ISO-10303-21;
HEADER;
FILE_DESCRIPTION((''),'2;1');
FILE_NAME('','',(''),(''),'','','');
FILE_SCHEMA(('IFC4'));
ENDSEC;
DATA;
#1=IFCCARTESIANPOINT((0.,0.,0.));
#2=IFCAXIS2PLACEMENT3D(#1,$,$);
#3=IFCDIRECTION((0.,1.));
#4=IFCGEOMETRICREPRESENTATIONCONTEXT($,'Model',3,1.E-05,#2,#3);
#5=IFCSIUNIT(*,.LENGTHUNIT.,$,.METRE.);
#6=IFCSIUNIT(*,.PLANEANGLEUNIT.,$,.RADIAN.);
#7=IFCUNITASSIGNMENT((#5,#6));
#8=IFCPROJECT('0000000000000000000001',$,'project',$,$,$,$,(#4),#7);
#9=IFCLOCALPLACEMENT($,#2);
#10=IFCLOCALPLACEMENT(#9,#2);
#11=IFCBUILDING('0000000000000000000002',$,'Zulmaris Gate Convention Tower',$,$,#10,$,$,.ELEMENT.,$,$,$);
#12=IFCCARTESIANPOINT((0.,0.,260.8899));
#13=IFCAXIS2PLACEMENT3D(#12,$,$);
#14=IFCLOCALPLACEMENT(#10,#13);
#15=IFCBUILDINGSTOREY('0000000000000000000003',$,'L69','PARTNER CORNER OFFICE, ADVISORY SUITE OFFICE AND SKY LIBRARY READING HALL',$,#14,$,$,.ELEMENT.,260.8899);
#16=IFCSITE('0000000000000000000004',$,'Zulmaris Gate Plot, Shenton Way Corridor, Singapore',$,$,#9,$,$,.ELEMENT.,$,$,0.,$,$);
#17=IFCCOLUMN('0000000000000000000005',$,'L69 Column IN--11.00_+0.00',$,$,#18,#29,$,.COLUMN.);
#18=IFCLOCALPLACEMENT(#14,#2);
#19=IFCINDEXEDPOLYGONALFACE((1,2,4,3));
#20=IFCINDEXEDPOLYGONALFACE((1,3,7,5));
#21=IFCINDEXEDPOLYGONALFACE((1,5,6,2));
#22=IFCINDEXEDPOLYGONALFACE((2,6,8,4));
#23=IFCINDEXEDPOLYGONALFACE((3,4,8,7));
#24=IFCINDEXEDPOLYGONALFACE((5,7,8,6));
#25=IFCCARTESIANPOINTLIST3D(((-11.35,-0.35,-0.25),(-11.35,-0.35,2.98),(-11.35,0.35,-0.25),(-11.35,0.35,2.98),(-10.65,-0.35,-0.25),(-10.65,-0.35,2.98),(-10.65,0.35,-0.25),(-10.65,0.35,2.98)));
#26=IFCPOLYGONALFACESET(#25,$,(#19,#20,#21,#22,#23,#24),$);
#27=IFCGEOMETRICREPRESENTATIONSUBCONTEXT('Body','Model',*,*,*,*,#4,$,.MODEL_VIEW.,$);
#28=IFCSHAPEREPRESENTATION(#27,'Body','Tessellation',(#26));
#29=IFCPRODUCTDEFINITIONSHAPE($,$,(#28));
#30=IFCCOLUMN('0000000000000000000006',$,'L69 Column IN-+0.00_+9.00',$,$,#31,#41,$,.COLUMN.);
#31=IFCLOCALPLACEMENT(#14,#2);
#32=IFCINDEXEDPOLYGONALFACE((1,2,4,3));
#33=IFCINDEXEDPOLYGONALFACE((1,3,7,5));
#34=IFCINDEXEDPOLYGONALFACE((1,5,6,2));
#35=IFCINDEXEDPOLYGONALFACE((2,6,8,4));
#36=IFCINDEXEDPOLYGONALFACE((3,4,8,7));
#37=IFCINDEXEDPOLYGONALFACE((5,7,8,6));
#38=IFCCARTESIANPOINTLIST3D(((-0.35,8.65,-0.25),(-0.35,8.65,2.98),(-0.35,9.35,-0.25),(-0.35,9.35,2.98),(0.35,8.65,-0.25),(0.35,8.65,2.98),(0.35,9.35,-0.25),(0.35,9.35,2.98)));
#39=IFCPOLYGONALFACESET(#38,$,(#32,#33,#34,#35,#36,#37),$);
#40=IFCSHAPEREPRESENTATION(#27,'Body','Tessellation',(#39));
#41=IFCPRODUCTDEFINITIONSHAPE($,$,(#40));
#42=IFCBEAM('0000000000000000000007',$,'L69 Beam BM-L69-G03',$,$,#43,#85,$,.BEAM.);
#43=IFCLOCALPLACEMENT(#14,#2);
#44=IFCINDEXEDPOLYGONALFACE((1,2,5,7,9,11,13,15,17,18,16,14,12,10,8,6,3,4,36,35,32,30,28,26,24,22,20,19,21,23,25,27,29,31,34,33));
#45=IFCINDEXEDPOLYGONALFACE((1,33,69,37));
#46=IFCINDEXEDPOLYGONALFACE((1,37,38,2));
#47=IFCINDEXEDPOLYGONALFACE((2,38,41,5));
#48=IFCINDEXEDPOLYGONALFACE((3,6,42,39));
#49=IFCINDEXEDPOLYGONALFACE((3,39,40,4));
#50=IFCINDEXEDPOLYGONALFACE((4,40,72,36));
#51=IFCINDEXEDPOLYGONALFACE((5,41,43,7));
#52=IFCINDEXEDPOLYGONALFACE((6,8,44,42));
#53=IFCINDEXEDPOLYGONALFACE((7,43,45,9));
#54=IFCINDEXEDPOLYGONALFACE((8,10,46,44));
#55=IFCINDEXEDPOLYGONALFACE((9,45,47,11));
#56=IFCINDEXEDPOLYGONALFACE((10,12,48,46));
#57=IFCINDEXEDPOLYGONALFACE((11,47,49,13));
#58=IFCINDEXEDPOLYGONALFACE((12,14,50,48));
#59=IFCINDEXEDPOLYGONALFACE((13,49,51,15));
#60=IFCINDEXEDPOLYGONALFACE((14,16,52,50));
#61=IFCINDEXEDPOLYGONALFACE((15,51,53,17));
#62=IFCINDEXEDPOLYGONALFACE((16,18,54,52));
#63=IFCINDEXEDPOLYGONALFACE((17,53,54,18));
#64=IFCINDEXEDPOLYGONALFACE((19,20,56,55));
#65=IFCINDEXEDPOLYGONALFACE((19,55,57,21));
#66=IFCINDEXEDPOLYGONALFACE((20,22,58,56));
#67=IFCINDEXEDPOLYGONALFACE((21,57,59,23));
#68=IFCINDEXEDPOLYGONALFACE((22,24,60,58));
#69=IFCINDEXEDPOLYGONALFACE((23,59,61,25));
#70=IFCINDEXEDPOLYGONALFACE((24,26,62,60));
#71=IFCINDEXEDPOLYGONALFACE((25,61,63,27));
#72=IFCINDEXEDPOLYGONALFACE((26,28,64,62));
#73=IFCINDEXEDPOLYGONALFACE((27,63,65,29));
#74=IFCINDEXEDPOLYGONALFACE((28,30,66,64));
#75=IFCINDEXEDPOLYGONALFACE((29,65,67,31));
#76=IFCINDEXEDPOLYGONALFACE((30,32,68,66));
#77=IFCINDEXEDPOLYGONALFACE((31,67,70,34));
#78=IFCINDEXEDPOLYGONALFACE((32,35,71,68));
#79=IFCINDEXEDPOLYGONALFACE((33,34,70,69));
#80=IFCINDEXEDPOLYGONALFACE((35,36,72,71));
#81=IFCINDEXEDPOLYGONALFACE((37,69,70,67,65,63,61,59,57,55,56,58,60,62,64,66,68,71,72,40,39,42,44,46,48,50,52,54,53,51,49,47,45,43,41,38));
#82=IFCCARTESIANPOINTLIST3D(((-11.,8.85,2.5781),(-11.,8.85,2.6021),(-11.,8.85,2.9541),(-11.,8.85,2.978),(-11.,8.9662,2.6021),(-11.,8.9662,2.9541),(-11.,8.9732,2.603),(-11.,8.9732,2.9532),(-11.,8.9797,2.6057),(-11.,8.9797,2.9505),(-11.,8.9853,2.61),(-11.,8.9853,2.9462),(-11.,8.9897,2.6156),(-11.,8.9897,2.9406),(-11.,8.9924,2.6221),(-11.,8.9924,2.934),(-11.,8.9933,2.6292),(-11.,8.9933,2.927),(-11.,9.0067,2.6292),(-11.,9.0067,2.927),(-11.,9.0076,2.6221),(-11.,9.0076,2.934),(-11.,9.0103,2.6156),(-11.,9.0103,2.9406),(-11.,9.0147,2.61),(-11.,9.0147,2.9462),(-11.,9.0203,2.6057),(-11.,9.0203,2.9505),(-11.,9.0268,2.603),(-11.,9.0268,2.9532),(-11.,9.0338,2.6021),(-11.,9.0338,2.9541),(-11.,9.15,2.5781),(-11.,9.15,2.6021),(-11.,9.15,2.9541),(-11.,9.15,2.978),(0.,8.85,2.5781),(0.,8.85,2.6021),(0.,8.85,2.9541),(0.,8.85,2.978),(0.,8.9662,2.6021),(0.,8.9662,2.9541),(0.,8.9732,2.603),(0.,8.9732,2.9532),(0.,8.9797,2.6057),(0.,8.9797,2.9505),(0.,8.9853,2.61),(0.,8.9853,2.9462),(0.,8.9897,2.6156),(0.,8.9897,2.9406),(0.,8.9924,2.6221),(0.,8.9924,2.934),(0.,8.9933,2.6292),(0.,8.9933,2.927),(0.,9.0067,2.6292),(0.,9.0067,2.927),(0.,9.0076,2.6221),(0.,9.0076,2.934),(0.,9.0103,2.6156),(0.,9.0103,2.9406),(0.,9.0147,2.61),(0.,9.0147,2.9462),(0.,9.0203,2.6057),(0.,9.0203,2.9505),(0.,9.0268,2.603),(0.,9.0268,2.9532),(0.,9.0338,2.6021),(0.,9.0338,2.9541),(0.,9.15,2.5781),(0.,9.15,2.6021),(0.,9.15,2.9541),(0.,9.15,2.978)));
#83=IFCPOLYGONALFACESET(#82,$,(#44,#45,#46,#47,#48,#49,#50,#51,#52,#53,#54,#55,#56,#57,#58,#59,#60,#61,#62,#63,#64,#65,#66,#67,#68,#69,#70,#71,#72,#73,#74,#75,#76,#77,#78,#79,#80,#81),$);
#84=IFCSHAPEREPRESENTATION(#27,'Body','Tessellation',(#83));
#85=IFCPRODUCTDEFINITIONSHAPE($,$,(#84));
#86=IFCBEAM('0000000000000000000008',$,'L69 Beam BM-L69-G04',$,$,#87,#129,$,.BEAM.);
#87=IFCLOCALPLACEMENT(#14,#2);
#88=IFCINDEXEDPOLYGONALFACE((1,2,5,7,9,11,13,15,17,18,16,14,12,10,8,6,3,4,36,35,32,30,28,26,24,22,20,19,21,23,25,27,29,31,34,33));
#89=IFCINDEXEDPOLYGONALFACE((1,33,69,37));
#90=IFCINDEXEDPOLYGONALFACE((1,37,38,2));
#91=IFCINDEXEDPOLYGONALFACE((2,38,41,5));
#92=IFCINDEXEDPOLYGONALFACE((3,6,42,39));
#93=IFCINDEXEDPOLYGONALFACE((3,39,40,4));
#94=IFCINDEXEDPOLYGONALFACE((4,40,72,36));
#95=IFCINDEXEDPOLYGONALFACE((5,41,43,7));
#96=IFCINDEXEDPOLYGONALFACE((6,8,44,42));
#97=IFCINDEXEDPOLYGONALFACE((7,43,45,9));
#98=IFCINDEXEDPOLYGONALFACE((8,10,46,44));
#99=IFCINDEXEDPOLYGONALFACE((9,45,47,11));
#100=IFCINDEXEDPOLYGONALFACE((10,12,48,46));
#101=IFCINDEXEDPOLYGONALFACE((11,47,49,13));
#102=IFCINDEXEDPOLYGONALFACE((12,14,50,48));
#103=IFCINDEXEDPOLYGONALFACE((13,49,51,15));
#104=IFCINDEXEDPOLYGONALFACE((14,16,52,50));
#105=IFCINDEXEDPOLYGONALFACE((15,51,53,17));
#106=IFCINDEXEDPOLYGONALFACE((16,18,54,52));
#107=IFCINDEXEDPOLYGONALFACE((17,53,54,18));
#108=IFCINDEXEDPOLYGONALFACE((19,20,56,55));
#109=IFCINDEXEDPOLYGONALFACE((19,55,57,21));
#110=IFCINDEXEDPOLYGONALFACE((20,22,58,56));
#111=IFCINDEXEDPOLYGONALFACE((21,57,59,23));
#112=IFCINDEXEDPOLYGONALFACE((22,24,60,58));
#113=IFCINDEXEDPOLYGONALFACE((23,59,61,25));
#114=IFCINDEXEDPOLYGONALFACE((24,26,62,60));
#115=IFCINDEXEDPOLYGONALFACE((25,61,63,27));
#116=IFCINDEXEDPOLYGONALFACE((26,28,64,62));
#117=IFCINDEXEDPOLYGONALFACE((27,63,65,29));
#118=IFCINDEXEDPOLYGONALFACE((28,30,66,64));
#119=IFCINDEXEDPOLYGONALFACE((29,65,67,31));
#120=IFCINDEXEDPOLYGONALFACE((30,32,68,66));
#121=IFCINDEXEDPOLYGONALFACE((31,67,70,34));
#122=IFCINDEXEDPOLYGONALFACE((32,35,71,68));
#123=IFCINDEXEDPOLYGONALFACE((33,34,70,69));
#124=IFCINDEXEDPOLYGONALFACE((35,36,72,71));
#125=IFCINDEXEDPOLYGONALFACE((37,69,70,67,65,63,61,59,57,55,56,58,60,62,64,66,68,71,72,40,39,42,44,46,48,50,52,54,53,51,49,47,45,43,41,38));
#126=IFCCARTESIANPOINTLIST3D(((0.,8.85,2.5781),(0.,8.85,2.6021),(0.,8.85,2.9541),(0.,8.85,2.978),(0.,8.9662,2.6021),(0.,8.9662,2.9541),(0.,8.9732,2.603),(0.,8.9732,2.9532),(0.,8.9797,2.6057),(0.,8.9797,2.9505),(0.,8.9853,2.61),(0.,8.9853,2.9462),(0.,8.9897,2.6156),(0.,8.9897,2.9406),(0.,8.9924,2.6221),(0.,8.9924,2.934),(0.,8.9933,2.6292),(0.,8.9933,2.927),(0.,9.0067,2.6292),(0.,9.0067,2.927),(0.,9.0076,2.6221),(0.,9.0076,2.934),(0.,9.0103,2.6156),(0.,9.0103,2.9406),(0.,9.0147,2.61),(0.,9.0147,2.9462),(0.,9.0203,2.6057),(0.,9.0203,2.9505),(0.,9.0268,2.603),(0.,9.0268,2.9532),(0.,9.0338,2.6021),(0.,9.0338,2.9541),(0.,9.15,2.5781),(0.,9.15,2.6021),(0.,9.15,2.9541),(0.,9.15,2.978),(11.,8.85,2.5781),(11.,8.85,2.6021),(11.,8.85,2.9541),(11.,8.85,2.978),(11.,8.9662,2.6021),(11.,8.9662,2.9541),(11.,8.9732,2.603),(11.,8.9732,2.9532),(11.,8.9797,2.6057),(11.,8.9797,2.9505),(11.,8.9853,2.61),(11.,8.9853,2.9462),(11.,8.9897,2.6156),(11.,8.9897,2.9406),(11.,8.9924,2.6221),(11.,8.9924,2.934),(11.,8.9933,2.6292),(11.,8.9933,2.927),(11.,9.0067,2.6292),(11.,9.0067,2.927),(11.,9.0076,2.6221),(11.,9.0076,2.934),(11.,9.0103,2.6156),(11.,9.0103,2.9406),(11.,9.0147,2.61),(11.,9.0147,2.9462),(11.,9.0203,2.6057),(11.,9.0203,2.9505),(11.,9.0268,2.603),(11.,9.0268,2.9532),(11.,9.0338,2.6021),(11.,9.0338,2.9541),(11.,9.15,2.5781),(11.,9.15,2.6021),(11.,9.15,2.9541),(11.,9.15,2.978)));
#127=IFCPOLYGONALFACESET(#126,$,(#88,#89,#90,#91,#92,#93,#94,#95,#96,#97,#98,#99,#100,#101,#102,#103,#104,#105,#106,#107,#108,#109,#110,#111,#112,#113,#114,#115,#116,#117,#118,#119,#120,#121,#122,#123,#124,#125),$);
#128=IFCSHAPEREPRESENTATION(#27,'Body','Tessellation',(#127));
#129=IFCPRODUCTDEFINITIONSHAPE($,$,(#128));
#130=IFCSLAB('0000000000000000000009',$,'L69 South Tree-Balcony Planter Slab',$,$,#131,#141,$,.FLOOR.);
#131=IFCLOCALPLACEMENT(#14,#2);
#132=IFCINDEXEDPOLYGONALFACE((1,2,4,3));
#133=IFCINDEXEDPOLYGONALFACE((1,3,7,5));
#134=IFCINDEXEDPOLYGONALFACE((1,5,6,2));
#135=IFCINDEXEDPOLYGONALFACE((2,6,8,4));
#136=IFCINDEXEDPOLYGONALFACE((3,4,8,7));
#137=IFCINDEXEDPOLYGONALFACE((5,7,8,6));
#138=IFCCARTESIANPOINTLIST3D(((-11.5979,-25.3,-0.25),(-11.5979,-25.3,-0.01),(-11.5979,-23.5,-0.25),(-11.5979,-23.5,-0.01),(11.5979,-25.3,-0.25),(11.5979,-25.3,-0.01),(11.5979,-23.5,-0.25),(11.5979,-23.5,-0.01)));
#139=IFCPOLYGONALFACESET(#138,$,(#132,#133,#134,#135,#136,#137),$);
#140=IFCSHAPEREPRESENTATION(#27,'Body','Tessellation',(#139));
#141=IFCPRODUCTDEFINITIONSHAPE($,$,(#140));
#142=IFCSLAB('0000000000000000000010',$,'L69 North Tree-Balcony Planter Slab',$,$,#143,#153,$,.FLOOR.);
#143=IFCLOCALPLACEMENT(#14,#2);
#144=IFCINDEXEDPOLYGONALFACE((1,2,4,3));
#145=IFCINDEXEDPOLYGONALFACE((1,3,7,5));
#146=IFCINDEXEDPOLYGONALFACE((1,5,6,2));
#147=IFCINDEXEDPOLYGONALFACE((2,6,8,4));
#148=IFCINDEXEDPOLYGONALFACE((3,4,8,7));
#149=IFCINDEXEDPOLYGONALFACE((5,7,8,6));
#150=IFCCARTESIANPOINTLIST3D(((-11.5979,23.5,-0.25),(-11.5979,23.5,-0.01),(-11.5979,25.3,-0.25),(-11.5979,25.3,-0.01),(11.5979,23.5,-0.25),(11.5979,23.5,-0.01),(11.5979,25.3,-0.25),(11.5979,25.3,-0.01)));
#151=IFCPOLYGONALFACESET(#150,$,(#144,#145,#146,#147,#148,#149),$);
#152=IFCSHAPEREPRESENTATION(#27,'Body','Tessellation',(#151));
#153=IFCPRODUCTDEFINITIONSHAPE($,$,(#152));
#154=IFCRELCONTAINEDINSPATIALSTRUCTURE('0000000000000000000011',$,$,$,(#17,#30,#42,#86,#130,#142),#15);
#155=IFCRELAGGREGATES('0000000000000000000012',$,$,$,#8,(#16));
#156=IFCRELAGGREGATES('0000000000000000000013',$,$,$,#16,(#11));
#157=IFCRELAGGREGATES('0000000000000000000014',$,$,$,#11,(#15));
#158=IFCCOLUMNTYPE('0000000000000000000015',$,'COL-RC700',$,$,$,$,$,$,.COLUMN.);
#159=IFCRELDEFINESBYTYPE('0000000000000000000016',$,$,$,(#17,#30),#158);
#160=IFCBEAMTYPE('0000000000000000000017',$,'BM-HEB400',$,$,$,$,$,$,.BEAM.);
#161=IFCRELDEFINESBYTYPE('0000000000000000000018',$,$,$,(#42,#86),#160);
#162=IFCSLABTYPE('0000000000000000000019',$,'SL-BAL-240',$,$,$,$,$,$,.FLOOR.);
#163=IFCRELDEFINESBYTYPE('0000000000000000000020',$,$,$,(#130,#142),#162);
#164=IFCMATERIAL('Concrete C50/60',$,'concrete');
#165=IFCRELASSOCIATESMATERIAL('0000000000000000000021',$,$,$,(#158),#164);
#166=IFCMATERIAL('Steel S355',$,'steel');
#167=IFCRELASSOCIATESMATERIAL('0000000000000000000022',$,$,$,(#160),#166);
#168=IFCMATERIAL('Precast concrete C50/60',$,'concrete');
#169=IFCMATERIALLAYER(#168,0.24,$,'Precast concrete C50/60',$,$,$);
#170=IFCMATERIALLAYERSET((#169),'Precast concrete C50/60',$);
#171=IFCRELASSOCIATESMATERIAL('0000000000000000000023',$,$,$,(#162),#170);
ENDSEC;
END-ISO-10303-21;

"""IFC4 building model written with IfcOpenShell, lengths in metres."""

from ifc_helpers import new_model, si_unit, direction, frame, origin, origin_2d, place, context, subcontext, project, spatial, polyline, rectangle, i_section, outline, extrude, material, layer, layer_set, material_profile, profile_set, type_object, element, save


model = new_model("IFC4")

# Units and contexts
model_context = context("Model", 3, precision=1e-05, world=origin(), true_north=direction((0.0, 1.0)))
body_context = subcontext(model_context, "Body", "Model", "MODEL_VIEW")
ifc_project = project(units=[si_unit("LENGTHUNIT", "METRE"), si_unit("PLANEANGLEUNIT", "RADIAN")], contexts=[model_context])

# Site, building, storey
site_placement = place(None, origin())
site = spatial("IfcSite", under=ifc_project, at=site_placement, Name="Zulmaris Gate Plot, Shenton Way Corridor, Singapore", CompositionType="ELEMENT", RefElevation=0.0)
building_placement = place(site_placement, origin())
building = spatial("IfcBuilding", under=site, at=building_placement, Name="Zulmaris Gate Convention Tower", CompositionType="ELEMENT")
storey_placement = place(building_placement, frame((0.0, 0.0, 260.8899)))
storey = spatial("IfcBuildingStorey", under=building, at=storey_placement, Name="L69", Description="PARTNER CORNER OFFICE, ADVISORY SUITE OFFICE AND SKY LIBRARY READING HALL", CompositionType="ELEMENT", Elevation=260.8899)

# Columns
ifc_material_1 = material(Name="Concrete C50/60", Category="concrete")
ifc_material_profile_1 = material_profile(ifc_material_1, rectangle(XDim=0.7, YDim=0.7, at=origin_2d()), Name="RC COL 700x700")
ifc_profile_set_1 = profile_set([ifc_material_profile_1], Name="Concrete C50/60")
column_type = type_object("IfcColumnType", Name="COL-RC700", PredefinedType="COLUMN", material=ifc_profile_set_1)
for number, where, z_axis, x_axis, name in (
    (1, (-11.0, 0.0, -0.25), (0.0, 0.0, 1.0), (1.0, 0.0, 0.0), "L69 Column IN--11.00_+0.00"),
    (2, (0.0, 9.0, -0.25), (0.0, 0.0, 1.0), (1.0, 0.0, 0.0), "L69 Column IN-+0.00_+9.00"),
):
    element("IfcColumn", number, at=place(storey_placement, frame(where, z_axis=z_axis, x_axis=x_axis)), inside=storey, type_object=column_type, Name=name, PredefinedType="COLUMN", context=body_context, shape_type="SweptSolid", body=[
        extrude(rectangle(XDim=0.7, YDim=0.7, at=origin_2d()), origin(), (0.0, 0.0, 1.0), 3.23),
    ])

# Beams
ifc_material_2 = material(Name="Steel S355", Category="steel")
ifc_material_profile_2 = material_profile(ifc_material_2, i_section(OverallWidth=0.3, OverallDepth=0.3999, WebThickness=0.0134, FlangeThickness=0.0239, FilletRadius=0.0271, at=origin_2d()), Name="HEB 400")
ifc_profile_set_2 = profile_set([ifc_material_profile_2], Name="Steel S355")
beam_type = type_object("IfcBeamType", Name="BM-HEB400", PredefinedType="BEAM", material=ifc_profile_set_2)
for number, where, z_axis, x_axis, name in (
    (3, (-11.0, 9.0, 2.7781), (1.0, 0.0, 0.0), (0.0, 1.0, 0.0), "L69 Beam BM-L69-G03"),
    (4, (0.0, 9.0, 2.7781), (1.0, 0.0, 0.0), (0.0, 1.0, 0.0), "L69 Beam BM-L69-G04"),
):
    element("IfcBeam", number, at=place(storey_placement, frame(where, z_axis=z_axis, x_axis=x_axis)), inside=storey, type_object=beam_type, Name=name, PredefinedType="BEAM", context=body_context, shape_type="SweptSolid", body=[
        extrude(i_section(OverallWidth=0.3, OverallDepth=0.3999, WebThickness=0.0134, FlangeThickness=0.0239, FilletRadius=0.0271, at=origin_2d()), origin(), (0.0, 0.0, 1.0), 11.0),
    ])

# Slabs
ifc_material_3 = material(Name="Precast concrete C50/60", Category="concrete")
ifc_layer_1 = layer(ifc_material_3, 0.24, Name="Precast concrete C50/60")
ifc_layer_set_1 = layer_set([ifc_layer_1], Name="Precast concrete C50/60")
slab_type_1 = type_object("IfcSlabType", Name="SL-BAL-240", PredefinedType="FLOOR", material=ifc_layer_set_1)
slab_1_placement = place(storey_placement, frame((0.0, 0.0, -0.25)))
element("IfcSlab", 5, at=slab_1_placement, inside=storey, type_object=slab_type_1, Name="L69 South Tree-Balcony Planter Slab", PredefinedType="FLOOR", context=body_context, shape_type="SweptSolid", body=[
    extrude(outline(polyline([(-11.5979, -25.3), (-11.5979, -23.5), (11.5979, -23.5), (11.5979, -25.3), (-11.5979, -25.3)])), origin(), (0.0, 0.0, 1.0), 0.24),
])
slab_2_placement = place(storey_placement, frame((0.0, 0.0, -0.25)))
element("IfcSlab", 6, at=slab_2_placement, inside=storey, type_object=slab_type_1, Name="L69 North Tree-Balcony Planter Slab", PredefinedType="FLOOR", context=body_context, shape_type="SweptSolid", body=[
    extrude(outline(polyline([(11.5979, 25.3), (11.5979, 23.5), (-11.5979, 23.5), (-11.5979, 25.3), (11.5979, 25.3)])), origin(), (0.0, 0.0, 1.0), 0.24),
])

save(model, "model.ifc")
